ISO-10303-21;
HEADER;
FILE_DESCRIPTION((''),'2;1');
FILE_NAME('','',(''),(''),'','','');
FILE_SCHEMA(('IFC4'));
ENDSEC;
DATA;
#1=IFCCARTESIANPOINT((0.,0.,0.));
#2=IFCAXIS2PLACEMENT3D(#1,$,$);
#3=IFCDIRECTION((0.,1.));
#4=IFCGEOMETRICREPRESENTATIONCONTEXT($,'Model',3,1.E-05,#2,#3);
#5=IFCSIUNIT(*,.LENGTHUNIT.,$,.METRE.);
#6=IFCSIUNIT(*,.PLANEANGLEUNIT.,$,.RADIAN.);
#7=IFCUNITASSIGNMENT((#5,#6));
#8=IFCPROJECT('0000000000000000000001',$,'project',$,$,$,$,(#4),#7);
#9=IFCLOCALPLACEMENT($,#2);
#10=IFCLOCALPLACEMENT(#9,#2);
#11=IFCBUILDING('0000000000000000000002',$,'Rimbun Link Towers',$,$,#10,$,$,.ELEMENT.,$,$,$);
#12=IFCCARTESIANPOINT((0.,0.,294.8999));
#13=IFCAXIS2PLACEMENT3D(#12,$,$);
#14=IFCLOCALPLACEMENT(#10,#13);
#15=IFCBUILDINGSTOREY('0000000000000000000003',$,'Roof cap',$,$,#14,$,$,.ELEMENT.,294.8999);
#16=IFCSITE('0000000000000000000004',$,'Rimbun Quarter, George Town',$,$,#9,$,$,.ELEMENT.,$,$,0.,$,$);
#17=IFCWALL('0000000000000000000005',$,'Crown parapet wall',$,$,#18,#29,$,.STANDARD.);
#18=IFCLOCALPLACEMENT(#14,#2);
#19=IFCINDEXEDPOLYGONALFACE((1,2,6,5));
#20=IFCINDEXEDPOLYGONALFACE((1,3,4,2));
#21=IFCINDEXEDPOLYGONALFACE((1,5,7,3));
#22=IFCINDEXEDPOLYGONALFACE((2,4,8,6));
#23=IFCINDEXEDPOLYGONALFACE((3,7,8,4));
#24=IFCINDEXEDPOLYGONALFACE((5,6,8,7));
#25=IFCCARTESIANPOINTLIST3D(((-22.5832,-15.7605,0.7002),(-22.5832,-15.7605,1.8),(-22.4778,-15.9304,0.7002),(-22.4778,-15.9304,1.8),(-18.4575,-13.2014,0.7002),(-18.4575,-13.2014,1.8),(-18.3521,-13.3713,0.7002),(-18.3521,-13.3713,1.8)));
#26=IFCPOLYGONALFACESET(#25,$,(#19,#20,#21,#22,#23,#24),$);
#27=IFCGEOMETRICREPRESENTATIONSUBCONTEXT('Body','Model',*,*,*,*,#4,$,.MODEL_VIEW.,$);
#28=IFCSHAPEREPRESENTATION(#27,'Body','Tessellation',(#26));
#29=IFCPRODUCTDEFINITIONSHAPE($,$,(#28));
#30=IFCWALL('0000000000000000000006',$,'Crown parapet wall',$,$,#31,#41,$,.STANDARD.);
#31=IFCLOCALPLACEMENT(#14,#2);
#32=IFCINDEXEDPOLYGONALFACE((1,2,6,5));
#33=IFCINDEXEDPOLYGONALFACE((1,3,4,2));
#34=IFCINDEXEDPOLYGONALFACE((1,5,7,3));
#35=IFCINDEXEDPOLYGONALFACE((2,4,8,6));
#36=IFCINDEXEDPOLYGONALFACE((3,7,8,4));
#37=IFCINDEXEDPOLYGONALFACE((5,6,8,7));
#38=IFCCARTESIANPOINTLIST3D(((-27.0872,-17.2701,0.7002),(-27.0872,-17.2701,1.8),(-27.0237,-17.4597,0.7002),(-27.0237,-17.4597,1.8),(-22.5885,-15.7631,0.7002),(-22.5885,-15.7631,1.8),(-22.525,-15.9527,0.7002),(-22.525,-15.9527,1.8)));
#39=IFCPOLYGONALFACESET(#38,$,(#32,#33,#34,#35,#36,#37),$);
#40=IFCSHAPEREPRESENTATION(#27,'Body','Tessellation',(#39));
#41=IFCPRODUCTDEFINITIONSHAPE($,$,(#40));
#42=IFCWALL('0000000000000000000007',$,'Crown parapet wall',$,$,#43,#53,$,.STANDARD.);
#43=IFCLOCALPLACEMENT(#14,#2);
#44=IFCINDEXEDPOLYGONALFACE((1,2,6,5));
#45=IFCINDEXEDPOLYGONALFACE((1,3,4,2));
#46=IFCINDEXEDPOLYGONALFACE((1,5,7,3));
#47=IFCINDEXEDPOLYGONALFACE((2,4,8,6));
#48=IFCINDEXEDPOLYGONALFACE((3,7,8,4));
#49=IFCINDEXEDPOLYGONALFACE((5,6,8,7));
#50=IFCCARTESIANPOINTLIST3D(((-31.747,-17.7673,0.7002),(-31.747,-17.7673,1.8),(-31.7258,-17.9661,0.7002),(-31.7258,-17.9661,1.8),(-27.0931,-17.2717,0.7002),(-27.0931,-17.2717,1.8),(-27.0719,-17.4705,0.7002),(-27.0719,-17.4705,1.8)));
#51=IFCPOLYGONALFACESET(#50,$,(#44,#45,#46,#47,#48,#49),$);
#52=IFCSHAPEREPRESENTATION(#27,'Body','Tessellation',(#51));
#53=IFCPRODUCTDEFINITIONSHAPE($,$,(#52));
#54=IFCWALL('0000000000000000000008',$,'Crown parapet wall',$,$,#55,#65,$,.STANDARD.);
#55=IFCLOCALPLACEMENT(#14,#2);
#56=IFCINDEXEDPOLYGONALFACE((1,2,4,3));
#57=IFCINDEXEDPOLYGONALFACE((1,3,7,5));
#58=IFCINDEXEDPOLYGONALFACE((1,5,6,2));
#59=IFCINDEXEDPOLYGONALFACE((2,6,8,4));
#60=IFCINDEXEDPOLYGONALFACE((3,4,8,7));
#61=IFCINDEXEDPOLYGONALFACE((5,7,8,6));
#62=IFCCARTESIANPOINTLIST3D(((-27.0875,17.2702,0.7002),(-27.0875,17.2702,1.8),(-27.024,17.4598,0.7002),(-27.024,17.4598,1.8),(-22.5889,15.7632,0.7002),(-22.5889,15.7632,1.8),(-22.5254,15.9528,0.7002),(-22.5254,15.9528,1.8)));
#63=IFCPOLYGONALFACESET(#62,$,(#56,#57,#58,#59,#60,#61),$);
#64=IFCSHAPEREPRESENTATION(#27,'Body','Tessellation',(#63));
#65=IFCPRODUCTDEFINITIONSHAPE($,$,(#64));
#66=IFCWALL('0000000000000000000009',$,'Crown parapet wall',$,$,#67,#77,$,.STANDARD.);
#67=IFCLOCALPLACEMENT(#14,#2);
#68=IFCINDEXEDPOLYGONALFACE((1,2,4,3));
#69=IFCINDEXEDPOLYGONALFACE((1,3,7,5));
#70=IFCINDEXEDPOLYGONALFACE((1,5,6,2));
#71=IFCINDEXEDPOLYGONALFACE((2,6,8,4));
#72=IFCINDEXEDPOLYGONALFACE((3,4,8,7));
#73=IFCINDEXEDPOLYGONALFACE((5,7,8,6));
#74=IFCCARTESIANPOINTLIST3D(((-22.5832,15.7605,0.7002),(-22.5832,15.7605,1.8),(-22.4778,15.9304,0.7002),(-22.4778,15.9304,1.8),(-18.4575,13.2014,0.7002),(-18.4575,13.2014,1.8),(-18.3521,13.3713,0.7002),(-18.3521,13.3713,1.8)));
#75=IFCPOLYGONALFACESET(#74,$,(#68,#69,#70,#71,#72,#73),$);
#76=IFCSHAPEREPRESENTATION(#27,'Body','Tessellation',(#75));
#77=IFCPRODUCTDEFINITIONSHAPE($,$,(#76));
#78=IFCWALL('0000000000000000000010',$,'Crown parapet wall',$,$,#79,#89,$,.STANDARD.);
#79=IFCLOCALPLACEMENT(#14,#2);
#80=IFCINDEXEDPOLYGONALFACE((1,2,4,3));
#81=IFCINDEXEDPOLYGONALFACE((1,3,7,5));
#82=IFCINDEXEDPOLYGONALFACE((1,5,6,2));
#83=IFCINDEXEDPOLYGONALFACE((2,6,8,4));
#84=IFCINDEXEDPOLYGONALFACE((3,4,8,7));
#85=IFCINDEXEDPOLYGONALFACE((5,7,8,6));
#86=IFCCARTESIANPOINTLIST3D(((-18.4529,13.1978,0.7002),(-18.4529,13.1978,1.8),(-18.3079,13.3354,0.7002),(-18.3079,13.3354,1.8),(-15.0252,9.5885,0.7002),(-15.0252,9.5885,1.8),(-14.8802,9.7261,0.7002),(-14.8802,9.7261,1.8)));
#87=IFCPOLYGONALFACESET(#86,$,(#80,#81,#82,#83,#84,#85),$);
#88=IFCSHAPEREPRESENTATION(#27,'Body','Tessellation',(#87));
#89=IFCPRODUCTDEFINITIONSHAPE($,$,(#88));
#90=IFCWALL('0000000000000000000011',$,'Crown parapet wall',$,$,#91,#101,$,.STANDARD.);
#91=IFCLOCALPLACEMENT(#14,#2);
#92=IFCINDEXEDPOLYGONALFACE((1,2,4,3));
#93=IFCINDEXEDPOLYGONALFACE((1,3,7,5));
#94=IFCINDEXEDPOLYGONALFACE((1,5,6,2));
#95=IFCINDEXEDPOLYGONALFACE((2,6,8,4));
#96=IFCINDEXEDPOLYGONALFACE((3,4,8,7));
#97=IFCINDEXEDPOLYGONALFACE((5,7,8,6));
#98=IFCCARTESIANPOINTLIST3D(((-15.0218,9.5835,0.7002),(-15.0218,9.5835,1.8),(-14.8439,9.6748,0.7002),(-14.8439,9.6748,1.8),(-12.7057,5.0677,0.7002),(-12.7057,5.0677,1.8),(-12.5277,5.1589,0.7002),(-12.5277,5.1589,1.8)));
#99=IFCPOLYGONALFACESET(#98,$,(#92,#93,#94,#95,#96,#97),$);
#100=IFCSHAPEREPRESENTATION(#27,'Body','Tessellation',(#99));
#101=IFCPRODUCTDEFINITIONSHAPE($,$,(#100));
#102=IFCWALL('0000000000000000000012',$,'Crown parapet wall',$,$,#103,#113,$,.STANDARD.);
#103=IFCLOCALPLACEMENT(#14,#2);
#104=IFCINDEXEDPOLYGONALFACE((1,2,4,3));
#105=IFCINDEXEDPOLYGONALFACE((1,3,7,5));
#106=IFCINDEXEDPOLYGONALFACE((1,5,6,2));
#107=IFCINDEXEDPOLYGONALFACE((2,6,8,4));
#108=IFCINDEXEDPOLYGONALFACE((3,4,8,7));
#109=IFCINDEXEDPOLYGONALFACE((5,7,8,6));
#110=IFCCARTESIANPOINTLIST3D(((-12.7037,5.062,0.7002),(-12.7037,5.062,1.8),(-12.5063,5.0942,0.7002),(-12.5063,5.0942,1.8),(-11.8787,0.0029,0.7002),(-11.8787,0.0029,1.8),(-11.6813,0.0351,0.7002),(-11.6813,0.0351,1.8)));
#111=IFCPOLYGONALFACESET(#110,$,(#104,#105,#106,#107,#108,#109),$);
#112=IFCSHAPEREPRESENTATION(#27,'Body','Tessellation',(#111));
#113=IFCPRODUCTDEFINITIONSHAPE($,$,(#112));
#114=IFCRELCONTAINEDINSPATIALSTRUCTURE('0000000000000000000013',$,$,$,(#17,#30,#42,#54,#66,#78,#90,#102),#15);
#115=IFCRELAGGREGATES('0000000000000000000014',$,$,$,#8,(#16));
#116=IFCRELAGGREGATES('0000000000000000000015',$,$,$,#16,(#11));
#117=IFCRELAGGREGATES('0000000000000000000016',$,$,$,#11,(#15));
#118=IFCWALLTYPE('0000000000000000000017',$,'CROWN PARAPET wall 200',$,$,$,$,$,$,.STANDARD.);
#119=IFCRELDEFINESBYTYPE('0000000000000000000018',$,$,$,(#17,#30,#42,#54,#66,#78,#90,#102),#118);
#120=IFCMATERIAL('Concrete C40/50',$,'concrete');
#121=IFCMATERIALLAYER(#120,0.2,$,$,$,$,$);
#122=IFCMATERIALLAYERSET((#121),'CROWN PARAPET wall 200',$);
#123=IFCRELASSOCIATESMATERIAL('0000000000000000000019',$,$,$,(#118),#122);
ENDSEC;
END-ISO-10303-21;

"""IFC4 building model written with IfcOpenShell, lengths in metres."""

from ifc_helpers import new_model, si_unit, direction, frame, frame_2d, origin, place, context, subcontext, project, spatial, rectangle, extrude, material, layer, layer_set, type_object, element, save


model = new_model("IFC4")

# Units and contexts
model_context = context("Model", 3, precision=1e-05, world=origin(), true_north=direction((0.0, 1.0)))
body_context = subcontext(model_context, "Body", "Model", "MODEL_VIEW")
ifc_project = project(units=[si_unit("LENGTHUNIT", "METRE"), si_unit("PLANEANGLEUNIT", "RADIAN")], contexts=[model_context])

# Site, building, storey
site_placement = place(None, origin())
site = spatial("IfcSite", under=ifc_project, at=site_placement, Name="Rimbun Quarter, George Town", CompositionType="ELEMENT", RefElevation=0.0)
building_placement = place(site_placement, origin())
building = spatial("IfcBuilding", under=site, at=building_placement, Name="Rimbun Link Towers", CompositionType="ELEMENT")
storey_placement = place(building_placement, frame((0.0, 0.0, 294.8999)))
storey = spatial("IfcBuildingStorey", under=building, at=storey_placement, Name="Roof cap", CompositionType="ELEMENT", Elevation=294.8999)

# Walls
ifc_material_1 = material(Name="Concrete C40/50", Category="concrete")
ifc_layer_1 = layer(ifc_material_1, 0.2)
ifc_layer_set_1 = layer_set([ifc_layer_1], Name="CROWN PARAPET wall 200")
wall_type = type_object("IfcWallType", Name="CROWN PARAPET wall 200", PredefinedType="STANDARD", material=ifc_layer_set_1)
wall_1_placement = place(storey_placement, frame((-18.4048, -13.2864, 0.7002), z_axis=(0.0, 0.0, 1.0), x_axis=(-0.849799, -0.527107, 0.0)))
element("IfcWall", 1, at=wall_1_placement, inside=storey, type_object=wall_type, Name="Crown parapet wall", PredefinedType="STANDARD", context=body_context, shape_type="SweptSolid", body=[
    extrude(rectangle(XDim=4.855, YDim=0.2, at=frame_2d((2.4275, 0.0))), origin(), (0.0, 0.0, 1.0), 1.0999),
])
wall_2_placement = place(storey_placement, frame((-22.5569, -15.8579, 0.7002), z_axis=(0.0, 0.0, 1.0), x_axis=(-0.948209, -0.317648, 0.0)))
element("IfcWall", 2, at=wall_2_placement, inside=storey, type_object=wall_type, Name="Crown parapet wall", PredefinedType="STANDARD", context=body_context, shape_type="SweptSolid", body=[
    extrude(rectangle(XDim=4.7444, YDim=0.2, at=frame_2d((2.3721, 0.0))), origin(), (0.0, 0.0, 1.0), 1.0999),
])
wall_3_placement = place(storey_placement, frame((-27.0825, -17.3711, 0.7002), z_axis=(0.0, 0.0, 1.0), x_axis=(-0.994377, -0.105896, 0.0)))
element("IfcWall", 3, at=wall_3_placement, inside=storey, type_object=wall_type, Name="Crown parapet wall", PredefinedType="STANDARD", context=body_context, shape_type="SweptSolid", body=[
    extrude(rectangle(XDim=4.6802, YDim=0.2, at=frame_2d((2.3401, 0.0))), origin(), (0.0, 0.0, 1.0), 1.0999),
])
wall_4_placement = place(storey_placement, frame((-27.0557, 17.365, 0.7002), z_axis=(0.0, 0.0, 1.0), x_axis=(0.948209, -0.317648, 0.0)))
element("IfcWall", 4, at=wall_4_placement, inside=storey, type_object=wall_type, Name="Crown parapet wall", PredefinedType="STANDARD", context=body_context, shape_type="SweptSolid", body=[
    extrude(rectangle(XDim=4.7444, YDim=0.2, at=frame_2d((2.3721, 0.0))), origin(), (0.0, 0.0, 1.0), 1.0999),
])
wall_5_placement = place(storey_placement, frame((-22.5305, 15.8455, 0.7002), z_axis=(0.0, 0.0, 1.0), x_axis=(0.849799, -0.527107, 0.0)))
element("IfcWall", 5, at=wall_5_placement, inside=storey, type_object=wall_type, Name="Crown parapet wall", PredefinedType="STANDARD", context=body_context, shape_type="SweptSolid", body=[
    extrude(rectangle(XDim=4.855, YDim=0.2, at=frame_2d((2.4275, 0.0))), origin(), (0.0, 0.0, 1.0), 1.0999),
])
wall_6_placement = place(storey_placement, frame((-18.3804, 13.2666, 0.7002), z_axis=(0.0, 0.0, 1.0), x_axis=(0.688626, -0.725117, 0.0)))
element("IfcWall", 6, at=wall_6_placement, inside=storey, type_object=wall_type, Name="Crown parapet wall", PredefinedType="STANDARD", context=body_context, shape_type="SweptSolid", body=[
    extrude(rectangle(XDim=4.9775, YDim=0.2, at=frame_2d((2.4888, 0.0))), origin(), (0.0, 0.0, 1.0), 1.0999),
])
wall_7_placement = place(storey_placement, frame((-14.9329, 9.6292, 0.7002), z_axis=(0.0, 0.0, 1.0), x_axis=(0.456368, -0.889791, 0.0)))
element("IfcWall", 7, at=wall_7_placement, inside=storey, type_object=wall_type, Name="Crown parapet wall", PredefinedType="STANDARD", context=body_context, shape_type="SweptSolid", body=[
    extrude(rectangle(XDim=5.0752, YDim=0.2, at=frame_2d((2.5376, 0.0))), origin(), (0.0, 0.0, 1.0), 1.0999),
])
wall_8_placement = place(storey_placement, frame((-12.605, 5.0781, 0.7002), z_axis=(0.0, 0.0, 1.0), x_axis=(0.160938, -0.986965, 0.0)))
element("IfcWall", 8, at=wall_8_placement, inside=storey, type_object=wall_type, Name="Crown parapet wall", PredefinedType="STANDARD", context=body_context, shape_type="SweptSolid", body=[
    extrude(rectangle(XDim=5.126, YDim=0.2, at=frame_2d((2.563, 0.0))), origin(), (0.0, 0.0, 1.0), 1.0999),
])

save(model, "model.ifc")
